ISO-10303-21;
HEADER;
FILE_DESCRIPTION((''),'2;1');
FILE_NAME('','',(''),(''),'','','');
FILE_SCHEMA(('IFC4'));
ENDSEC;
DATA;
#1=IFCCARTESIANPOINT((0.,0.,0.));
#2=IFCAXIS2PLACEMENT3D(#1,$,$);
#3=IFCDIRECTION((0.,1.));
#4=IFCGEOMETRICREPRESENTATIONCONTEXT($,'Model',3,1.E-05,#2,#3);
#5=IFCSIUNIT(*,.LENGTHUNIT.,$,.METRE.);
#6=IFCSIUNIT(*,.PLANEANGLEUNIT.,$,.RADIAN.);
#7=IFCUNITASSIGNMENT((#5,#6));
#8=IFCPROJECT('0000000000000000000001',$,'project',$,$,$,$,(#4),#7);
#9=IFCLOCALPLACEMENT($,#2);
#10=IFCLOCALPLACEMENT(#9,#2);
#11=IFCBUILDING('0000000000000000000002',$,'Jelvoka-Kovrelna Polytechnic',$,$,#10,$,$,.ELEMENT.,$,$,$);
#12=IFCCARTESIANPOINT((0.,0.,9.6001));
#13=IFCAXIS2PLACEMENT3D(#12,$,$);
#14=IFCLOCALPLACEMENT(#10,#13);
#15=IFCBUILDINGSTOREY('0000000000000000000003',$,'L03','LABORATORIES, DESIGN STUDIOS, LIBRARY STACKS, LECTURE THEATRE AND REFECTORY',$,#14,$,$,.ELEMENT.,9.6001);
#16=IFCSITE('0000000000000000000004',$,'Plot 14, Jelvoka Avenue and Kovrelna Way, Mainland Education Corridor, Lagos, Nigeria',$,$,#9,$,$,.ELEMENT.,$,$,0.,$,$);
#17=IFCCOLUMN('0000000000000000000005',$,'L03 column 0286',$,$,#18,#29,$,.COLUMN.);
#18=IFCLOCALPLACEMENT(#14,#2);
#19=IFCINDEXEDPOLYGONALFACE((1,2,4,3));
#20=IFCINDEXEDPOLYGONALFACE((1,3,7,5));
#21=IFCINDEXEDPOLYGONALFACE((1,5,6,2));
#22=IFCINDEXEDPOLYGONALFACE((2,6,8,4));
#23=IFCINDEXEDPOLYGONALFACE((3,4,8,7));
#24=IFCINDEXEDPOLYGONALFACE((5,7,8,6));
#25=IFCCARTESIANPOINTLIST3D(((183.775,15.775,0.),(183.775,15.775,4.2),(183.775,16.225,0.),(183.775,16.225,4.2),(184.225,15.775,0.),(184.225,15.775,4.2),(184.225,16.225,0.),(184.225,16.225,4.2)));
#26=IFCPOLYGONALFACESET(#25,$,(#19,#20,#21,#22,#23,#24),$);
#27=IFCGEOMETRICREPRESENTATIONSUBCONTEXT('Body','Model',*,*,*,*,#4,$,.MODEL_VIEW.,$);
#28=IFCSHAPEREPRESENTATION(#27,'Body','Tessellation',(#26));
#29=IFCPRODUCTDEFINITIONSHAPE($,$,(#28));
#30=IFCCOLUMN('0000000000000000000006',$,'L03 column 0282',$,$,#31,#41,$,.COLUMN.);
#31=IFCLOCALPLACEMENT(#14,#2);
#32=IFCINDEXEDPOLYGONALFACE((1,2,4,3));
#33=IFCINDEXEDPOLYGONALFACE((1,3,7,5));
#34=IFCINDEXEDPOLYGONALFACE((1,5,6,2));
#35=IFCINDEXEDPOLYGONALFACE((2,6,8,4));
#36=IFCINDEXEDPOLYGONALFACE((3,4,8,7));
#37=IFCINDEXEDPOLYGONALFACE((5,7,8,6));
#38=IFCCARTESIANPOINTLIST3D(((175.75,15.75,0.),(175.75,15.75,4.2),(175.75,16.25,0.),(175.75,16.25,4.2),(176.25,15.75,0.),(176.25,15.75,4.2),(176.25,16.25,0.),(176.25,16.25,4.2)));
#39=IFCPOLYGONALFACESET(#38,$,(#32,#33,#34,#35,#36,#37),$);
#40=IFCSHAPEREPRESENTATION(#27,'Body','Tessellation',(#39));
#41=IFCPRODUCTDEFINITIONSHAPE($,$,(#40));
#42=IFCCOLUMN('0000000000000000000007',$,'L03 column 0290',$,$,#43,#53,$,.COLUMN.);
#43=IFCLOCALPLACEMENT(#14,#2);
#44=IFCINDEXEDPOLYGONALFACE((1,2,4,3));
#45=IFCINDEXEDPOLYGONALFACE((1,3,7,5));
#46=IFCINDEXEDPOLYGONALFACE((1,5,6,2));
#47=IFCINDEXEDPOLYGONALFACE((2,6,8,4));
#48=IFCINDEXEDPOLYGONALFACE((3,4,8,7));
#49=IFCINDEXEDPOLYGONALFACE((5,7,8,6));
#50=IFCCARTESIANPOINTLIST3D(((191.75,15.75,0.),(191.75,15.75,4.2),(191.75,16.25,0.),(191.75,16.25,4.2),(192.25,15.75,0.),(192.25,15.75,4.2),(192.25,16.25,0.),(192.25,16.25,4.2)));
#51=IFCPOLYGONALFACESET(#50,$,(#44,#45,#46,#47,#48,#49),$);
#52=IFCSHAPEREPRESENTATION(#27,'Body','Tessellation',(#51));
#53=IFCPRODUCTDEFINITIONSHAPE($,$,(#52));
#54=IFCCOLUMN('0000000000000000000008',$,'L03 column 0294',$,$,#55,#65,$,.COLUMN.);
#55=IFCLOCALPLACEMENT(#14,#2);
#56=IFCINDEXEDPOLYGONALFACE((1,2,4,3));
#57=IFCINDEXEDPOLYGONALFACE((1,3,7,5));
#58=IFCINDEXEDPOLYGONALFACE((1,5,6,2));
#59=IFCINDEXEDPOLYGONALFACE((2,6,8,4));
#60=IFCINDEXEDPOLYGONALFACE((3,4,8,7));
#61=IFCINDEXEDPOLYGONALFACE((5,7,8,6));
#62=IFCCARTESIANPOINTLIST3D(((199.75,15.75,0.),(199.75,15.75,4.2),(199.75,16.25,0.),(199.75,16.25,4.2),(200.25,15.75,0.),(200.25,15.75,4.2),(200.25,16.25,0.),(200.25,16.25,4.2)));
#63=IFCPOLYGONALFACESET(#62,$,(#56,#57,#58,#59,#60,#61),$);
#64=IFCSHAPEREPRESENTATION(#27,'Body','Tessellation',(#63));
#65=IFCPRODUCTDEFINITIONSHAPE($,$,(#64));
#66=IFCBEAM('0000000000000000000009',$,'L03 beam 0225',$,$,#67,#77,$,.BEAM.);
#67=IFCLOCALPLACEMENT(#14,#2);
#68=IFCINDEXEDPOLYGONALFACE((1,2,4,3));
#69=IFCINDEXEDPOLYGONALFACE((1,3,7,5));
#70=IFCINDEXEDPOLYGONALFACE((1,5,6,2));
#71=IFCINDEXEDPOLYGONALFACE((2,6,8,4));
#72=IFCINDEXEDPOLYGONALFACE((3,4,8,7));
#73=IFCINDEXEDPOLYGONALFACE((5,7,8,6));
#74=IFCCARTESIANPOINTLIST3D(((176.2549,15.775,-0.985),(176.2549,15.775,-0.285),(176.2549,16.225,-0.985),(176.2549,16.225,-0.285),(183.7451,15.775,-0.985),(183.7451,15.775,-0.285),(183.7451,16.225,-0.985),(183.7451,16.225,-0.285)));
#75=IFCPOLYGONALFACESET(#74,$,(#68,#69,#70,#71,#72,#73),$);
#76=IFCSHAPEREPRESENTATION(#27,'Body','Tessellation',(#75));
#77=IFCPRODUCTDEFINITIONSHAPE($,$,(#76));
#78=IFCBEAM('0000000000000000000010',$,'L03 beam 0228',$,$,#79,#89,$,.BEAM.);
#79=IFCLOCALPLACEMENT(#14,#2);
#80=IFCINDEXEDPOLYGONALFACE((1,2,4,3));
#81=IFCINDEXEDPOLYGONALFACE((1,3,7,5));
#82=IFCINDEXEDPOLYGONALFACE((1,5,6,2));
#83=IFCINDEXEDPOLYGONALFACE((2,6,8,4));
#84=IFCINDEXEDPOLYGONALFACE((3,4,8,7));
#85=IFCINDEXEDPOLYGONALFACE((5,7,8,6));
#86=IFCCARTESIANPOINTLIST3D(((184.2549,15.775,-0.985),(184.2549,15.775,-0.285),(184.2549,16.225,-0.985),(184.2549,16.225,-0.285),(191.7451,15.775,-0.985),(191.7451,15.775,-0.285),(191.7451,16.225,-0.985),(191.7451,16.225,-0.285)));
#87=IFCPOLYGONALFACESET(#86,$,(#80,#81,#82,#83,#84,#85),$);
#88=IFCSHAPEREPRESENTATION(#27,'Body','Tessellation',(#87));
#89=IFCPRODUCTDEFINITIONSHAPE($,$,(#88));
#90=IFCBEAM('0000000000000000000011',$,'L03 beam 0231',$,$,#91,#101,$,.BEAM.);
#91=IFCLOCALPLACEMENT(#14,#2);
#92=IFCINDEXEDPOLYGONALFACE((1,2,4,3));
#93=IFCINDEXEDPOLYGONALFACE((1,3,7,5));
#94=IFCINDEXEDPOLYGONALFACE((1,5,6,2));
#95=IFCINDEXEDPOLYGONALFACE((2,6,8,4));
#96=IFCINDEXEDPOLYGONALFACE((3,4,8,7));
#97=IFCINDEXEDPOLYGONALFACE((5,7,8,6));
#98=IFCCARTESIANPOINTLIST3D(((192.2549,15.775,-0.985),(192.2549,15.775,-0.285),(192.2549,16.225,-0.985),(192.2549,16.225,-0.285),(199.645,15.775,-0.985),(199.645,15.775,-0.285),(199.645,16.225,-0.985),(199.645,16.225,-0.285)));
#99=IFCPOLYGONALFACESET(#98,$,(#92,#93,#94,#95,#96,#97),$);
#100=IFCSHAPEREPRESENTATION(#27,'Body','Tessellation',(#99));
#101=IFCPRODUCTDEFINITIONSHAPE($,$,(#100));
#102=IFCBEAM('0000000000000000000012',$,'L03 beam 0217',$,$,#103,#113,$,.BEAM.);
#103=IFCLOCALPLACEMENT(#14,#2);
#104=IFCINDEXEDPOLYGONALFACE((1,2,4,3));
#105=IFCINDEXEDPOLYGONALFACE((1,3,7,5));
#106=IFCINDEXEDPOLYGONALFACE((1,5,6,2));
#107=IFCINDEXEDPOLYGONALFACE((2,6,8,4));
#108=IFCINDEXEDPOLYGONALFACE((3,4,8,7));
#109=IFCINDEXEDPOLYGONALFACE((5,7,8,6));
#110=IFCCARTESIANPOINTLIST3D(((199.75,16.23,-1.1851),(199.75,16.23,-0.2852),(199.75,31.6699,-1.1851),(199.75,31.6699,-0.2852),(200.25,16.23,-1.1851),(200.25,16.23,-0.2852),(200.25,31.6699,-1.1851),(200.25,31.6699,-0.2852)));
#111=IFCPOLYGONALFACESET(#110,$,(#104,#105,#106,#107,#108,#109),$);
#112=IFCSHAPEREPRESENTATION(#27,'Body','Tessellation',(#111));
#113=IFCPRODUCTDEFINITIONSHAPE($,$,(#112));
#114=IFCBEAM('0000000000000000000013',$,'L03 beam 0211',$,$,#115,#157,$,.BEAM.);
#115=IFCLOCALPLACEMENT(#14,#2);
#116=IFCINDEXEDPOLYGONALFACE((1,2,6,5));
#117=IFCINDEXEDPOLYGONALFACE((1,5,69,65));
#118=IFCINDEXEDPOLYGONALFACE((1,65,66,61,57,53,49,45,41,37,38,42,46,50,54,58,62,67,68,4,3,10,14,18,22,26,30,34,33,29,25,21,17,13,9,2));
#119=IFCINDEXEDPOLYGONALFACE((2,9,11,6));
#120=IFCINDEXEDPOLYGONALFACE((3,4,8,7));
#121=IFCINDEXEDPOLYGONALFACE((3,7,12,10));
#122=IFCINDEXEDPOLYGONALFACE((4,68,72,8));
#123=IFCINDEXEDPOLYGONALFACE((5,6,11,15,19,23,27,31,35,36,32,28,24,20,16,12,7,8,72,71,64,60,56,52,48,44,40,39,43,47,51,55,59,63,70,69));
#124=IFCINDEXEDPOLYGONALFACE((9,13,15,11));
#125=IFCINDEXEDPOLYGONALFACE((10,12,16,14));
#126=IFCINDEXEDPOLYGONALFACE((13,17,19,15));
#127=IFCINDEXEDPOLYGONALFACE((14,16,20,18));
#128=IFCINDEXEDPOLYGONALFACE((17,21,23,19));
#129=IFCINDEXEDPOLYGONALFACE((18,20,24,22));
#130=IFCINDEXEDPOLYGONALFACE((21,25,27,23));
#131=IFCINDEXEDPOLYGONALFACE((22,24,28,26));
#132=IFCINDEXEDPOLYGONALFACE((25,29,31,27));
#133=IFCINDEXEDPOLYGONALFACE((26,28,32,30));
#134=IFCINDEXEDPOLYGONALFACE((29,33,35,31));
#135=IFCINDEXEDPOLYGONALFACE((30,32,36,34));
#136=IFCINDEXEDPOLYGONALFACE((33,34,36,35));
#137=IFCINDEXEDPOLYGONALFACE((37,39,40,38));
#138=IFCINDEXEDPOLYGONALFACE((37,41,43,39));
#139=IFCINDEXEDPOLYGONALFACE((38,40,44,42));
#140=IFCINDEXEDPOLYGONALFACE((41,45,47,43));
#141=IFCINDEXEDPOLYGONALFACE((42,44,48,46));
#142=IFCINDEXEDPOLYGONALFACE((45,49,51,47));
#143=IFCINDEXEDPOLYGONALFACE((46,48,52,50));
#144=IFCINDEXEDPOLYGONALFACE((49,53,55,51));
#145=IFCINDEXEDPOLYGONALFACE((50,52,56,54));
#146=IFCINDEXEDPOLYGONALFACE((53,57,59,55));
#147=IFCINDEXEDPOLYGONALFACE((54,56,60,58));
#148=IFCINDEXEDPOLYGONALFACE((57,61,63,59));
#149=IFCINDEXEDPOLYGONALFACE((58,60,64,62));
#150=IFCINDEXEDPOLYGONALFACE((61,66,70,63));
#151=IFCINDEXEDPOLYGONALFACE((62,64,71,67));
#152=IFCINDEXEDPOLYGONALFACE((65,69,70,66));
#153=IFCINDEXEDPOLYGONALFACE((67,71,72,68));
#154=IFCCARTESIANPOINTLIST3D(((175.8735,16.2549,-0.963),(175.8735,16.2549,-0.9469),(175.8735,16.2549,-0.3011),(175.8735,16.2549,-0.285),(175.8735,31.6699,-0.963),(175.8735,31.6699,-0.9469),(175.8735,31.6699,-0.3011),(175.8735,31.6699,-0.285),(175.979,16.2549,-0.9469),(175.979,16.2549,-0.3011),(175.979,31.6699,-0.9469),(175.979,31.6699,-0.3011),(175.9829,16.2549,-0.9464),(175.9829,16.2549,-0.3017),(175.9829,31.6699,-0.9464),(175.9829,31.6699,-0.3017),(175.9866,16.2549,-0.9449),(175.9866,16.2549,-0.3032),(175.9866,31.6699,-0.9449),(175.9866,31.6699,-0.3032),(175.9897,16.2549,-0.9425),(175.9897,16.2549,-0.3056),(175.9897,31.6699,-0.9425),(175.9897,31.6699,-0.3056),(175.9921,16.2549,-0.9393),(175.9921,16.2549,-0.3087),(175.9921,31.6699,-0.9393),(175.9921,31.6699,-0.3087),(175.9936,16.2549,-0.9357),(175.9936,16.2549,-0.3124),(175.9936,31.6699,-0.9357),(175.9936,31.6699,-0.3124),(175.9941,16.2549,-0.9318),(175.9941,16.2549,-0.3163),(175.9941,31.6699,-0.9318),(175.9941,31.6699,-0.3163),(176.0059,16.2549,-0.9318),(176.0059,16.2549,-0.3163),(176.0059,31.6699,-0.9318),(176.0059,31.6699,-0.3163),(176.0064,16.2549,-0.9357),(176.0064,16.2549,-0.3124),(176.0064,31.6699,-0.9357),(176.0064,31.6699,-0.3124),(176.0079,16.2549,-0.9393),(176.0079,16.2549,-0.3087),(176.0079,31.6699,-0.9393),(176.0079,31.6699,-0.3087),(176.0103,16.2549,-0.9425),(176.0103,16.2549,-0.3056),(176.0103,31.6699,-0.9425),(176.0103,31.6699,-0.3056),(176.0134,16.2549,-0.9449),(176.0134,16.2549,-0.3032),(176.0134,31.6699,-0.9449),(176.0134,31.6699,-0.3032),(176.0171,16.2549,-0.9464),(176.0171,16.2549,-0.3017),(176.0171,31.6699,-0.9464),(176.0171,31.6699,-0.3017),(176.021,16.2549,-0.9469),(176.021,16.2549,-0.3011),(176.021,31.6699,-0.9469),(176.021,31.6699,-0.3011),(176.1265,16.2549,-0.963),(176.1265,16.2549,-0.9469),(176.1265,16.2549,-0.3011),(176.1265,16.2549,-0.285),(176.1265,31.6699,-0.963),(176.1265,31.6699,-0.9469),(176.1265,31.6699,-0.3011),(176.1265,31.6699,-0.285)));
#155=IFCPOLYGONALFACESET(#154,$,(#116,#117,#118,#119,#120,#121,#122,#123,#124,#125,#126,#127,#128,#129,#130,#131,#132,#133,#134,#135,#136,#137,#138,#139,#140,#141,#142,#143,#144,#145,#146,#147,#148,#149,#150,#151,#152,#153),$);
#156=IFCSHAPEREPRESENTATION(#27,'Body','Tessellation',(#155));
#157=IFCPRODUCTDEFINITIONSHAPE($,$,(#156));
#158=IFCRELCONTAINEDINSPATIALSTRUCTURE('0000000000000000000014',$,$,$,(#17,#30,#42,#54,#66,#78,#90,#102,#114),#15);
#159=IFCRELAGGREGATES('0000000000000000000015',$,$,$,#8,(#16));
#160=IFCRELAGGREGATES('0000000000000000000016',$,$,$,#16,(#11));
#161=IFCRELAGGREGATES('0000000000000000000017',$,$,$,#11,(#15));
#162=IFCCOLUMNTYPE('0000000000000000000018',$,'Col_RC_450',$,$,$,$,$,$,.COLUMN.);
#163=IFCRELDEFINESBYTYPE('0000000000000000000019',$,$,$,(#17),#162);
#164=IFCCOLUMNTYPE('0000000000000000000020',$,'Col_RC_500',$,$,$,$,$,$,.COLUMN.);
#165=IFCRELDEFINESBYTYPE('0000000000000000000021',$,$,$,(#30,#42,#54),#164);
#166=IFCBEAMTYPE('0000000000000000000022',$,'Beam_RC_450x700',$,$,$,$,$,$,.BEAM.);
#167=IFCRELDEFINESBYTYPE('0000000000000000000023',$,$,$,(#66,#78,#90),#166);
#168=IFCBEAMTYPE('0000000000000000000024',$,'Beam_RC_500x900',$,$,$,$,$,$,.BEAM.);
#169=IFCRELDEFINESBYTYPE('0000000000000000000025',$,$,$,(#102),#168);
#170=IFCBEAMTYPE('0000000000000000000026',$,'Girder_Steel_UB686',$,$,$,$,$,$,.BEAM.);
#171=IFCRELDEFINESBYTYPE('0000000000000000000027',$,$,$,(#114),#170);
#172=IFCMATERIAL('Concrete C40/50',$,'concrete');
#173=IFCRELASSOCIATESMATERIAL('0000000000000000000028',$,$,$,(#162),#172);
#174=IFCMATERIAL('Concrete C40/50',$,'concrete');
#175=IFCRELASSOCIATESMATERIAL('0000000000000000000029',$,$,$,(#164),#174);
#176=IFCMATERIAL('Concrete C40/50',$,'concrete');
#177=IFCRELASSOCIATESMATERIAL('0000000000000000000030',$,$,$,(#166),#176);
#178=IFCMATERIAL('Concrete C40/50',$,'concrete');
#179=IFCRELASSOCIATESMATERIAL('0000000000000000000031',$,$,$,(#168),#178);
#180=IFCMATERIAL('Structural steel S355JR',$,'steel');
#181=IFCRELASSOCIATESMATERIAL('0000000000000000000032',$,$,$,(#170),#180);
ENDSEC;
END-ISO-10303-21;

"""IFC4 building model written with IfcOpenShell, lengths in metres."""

from ifc_helpers import new_model, si_unit, direction, frame, origin, origin_2d, place, context, subcontext, project, spatial, rectangle, i_section, extrude, material, material_profile, profile_set, type_object, element, save


model = new_model("IFC4")

# Units and contexts
model_context = context("Model", 3, precision=1e-05, world=origin(), true_north=direction((0.0, 1.0)))
body_context = subcontext(model_context, "Body", "Model", "MODEL_VIEW")
ifc_project = project(units=[si_unit("LENGTHUNIT", "METRE"), si_unit("PLANEANGLEUNIT", "RADIAN")], contexts=[model_context])

# Site, building, storey
site_placement = place(None, origin())
site = spatial("IfcSite", under=ifc_project, at=site_placement, Name="Plot 14, Jelvoka Avenue and Kovrelna Way, Mainland Education Corridor, Lagos, Nigeria", CompositionType="ELEMENT", RefElevation=0.0)
building_placement = place(site_placement, origin())
building = spatial("IfcBuilding", under=site, at=building_placement, Name="Jelvoka-Kovrelna Polytechnic", CompositionType="ELEMENT")
storey_placement = place(building_placement, frame((0.0, 0.0, 9.6001)))
storey = spatial("IfcBuildingStorey", under=building, at=storey_placement, Name="L03", Description="LABORATORIES, DESIGN STUDIOS, LIBRARY STACKS, LECTURE THEATRE AND REFECTORY", CompositionType="ELEMENT", Elevation=9.6001)

# Columns
ifc_material_1 = material(Name="Concrete C40/50", Category="concrete")
ifc_material_profile_1 = material_profile(ifc_material_1, rectangle(XDim=0.45, YDim=0.45, at=origin_2d()), Name="RC 450x450")
ifc_profile_set_1 = profile_set([ifc_material_profile_1], Name="Concrete C40/50")
column_type_1 = type_object("IfcColumnType", Name="Col_RC_450", PredefinedType="COLUMN", material=ifc_profile_set_1)
column_placement = place(storey_placement, frame((184.0, 16.0, 0.0), z_axis=(0.0, 0.0, 1.0), x_axis=(1.0, 0.0, 0.0)))
element("IfcColumn", 1, at=column_placement, inside=storey, type_object=column_type_1, Name="L03 column 0286", PredefinedType="COLUMN", context=body_context, shape_type="SweptSolid", body=[
    extrude(rectangle(XDim=0.45, YDim=0.45, at=origin_2d()), origin(), (0.0, 0.0, 1.0), 4.2),
])
ifc_material_2 = material(Name="Concrete C40/50", Category="concrete")
ifc_material_profile_2 = material_profile(ifc_material_2, rectangle(XDim=0.5, YDim=0.5, at=origin_2d()), Name="RC 500x500")
ifc_profile_set_2 = profile_set([ifc_material_profile_2], Name="Concrete C40/50")
column_type_2 = type_object("IfcColumnType", Name="Col_RC_500", PredefinedType="COLUMN", material=ifc_profile_set_2)
for number, where, z_axis, x_axis, name in (
    (2, (176.0, 16.0, 0.0), (0.0, 0.0, 1.0), (1.0, 0.0, 0.0), "L03 column 0282"),
    (3, (192.0, 16.0, 0.0), (0.0, 0.0, 1.0), (1.0, 0.0, 0.0), "L03 column 0290"),
    (4, (200.0, 16.0, 0.0), (0.0, 0.0, 1.0), (0.0, 1.0, 0.0), "L03 column 0294"),
):
    element("IfcColumn", number, at=place(storey_placement, frame(where, z_axis=z_axis, x_axis=x_axis)), inside=storey, type_object=column_type_2, Name=name, PredefinedType="COLUMN", context=body_context, shape_type="SweptSolid", body=[
        extrude(rectangle(XDim=0.5, YDim=0.5, at=origin_2d()), origin(), (0.0, 0.0, 1.0), 4.2),
    ])

# Beams
ifc_material_3 = material(Name="Concrete C40/50", Category="concrete")
ifc_material_profile_3 = material_profile(ifc_material_3, rectangle(XDim=0.45, YDim=0.7, at=origin_2d()), Name="RC 450x700")
ifc_profile_set_3 = profile_set([ifc_material_profile_3], Name="Concrete C40/50")
beam_type_1 = type_object("IfcBeamType", Name="Beam_RC_450x700", PredefinedType="BEAM", material=ifc_profile_set_3)
for number, where, z_axis, x_axis, name in (
    (5, (176.2549, 16.0, -0.635), (1.0, 0.0, 0.0), (0.0, 1.0, 0.0), "L03 beam 0225"),
    (6, (184.2549, 16.0, -0.635), (1.0, 0.0, 0.0), (0.0, 1.0, 0.0), "L03 beam 0228"),
):
    element("IfcBeam", number, at=place(storey_placement, frame(where, z_axis=z_axis, x_axis=x_axis)), inside=storey, type_object=beam_type_1, Name=name, PredefinedType="BEAM", context=body_context, shape_type="SweptSolid", body=[
        extrude(rectangle(XDim=0.45, YDim=0.7, at=origin_2d()), origin(), (0.0, 0.0, 1.0), 7.4902),
    ])
beam_1_placement = place(storey_placement, frame((192.2549, 16.0, -0.635), z_axis=(1.0, 0.0, 0.0), x_axis=(0.0, 1.0, 0.0)))
element("IfcBeam", 7, at=beam_1_placement, inside=storey, type_object=beam_type_1, Name="L03 beam 0231", PredefinedType="BEAM", context=body_context, shape_type="SweptSolid", body=[
    extrude(rectangle(XDim=0.45, YDim=0.7, at=origin_2d()), origin(), (0.0, 0.0, 1.0), 7.3901),
])
ifc_material_4 = material(Name="Concrete C40/50", Category="concrete")
ifc_material_profile_4 = material_profile(ifc_material_4, rectangle(XDim=0.5, YDim=0.8999, at=origin_2d()), Name="RC 500x900")
ifc_profile_set_4 = profile_set([ifc_material_profile_4], Name="Concrete C40/50")
beam_type_2 = type_object("IfcBeamType", Name="Beam_RC_500x900", PredefinedType="BEAM", material=ifc_profile_set_4)
beam_2_placement = place(storey_placement, frame((200.0, 16.23, -0.7351), z_axis=(0.0, 1.0, 0.0), x_axis=(-1.0, 0.0, 0.0)))
element("IfcBeam", 8, at=beam_2_placement, inside=storey, type_object=beam_type_2, Name="L03 beam 0217", PredefinedType="BEAM", context=body_context, shape_type="SweptSolid", body=[
    extrude(rectangle(XDim=0.5, YDim=0.8999, at=origin_2d()), origin(), (0.0, 0.0, 1.0), 15.4399),
])
ifc_material_5 = material(Name="Structural steel S355JR", Category="steel")
ifc_material_profile_5 = material_profile(ifc_material_5, i_section(OverallWidth=0.2529, OverallDepth=0.678, WebThickness=0.0117, FlangeThickness=0.0161, FilletRadius=0.0151, at=origin_2d()), Name="686x254x125 UB")
ifc_profile_set_5 = profile_set([ifc_material_profile_5], Name="Structural steel S355JR")
beam_type_3 = type_object("IfcBeamType", Name="Girder_Steel_UB686", PredefinedType="BEAM", material=ifc_profile_set_5)
for number, where, z_axis, x_axis, name in (
    (9, (176.0, 16.2549, -0.624), (0.0, 1.0, 0.0), (-1.0, 0.0, 0.0), "L03 beam 0211"),
):
    element("IfcBeam", number, at=place(storey_placement, frame(where, z_axis=z_axis, x_axis=x_axis)), inside=storey, type_object=beam_type_3, Name=name, PredefinedType="BEAM", context=body_context, shape_type="SweptSolid", body=[
        extrude(i_section(OverallWidth=0.2529, OverallDepth=0.678, WebThickness=0.0117, FlangeThickness=0.0161, FilletRadius=0.0151, at=origin_2d()), origin(), (0.0, 0.0, 1.0), 15.415),
    ])

save(model, "model.ifc")
